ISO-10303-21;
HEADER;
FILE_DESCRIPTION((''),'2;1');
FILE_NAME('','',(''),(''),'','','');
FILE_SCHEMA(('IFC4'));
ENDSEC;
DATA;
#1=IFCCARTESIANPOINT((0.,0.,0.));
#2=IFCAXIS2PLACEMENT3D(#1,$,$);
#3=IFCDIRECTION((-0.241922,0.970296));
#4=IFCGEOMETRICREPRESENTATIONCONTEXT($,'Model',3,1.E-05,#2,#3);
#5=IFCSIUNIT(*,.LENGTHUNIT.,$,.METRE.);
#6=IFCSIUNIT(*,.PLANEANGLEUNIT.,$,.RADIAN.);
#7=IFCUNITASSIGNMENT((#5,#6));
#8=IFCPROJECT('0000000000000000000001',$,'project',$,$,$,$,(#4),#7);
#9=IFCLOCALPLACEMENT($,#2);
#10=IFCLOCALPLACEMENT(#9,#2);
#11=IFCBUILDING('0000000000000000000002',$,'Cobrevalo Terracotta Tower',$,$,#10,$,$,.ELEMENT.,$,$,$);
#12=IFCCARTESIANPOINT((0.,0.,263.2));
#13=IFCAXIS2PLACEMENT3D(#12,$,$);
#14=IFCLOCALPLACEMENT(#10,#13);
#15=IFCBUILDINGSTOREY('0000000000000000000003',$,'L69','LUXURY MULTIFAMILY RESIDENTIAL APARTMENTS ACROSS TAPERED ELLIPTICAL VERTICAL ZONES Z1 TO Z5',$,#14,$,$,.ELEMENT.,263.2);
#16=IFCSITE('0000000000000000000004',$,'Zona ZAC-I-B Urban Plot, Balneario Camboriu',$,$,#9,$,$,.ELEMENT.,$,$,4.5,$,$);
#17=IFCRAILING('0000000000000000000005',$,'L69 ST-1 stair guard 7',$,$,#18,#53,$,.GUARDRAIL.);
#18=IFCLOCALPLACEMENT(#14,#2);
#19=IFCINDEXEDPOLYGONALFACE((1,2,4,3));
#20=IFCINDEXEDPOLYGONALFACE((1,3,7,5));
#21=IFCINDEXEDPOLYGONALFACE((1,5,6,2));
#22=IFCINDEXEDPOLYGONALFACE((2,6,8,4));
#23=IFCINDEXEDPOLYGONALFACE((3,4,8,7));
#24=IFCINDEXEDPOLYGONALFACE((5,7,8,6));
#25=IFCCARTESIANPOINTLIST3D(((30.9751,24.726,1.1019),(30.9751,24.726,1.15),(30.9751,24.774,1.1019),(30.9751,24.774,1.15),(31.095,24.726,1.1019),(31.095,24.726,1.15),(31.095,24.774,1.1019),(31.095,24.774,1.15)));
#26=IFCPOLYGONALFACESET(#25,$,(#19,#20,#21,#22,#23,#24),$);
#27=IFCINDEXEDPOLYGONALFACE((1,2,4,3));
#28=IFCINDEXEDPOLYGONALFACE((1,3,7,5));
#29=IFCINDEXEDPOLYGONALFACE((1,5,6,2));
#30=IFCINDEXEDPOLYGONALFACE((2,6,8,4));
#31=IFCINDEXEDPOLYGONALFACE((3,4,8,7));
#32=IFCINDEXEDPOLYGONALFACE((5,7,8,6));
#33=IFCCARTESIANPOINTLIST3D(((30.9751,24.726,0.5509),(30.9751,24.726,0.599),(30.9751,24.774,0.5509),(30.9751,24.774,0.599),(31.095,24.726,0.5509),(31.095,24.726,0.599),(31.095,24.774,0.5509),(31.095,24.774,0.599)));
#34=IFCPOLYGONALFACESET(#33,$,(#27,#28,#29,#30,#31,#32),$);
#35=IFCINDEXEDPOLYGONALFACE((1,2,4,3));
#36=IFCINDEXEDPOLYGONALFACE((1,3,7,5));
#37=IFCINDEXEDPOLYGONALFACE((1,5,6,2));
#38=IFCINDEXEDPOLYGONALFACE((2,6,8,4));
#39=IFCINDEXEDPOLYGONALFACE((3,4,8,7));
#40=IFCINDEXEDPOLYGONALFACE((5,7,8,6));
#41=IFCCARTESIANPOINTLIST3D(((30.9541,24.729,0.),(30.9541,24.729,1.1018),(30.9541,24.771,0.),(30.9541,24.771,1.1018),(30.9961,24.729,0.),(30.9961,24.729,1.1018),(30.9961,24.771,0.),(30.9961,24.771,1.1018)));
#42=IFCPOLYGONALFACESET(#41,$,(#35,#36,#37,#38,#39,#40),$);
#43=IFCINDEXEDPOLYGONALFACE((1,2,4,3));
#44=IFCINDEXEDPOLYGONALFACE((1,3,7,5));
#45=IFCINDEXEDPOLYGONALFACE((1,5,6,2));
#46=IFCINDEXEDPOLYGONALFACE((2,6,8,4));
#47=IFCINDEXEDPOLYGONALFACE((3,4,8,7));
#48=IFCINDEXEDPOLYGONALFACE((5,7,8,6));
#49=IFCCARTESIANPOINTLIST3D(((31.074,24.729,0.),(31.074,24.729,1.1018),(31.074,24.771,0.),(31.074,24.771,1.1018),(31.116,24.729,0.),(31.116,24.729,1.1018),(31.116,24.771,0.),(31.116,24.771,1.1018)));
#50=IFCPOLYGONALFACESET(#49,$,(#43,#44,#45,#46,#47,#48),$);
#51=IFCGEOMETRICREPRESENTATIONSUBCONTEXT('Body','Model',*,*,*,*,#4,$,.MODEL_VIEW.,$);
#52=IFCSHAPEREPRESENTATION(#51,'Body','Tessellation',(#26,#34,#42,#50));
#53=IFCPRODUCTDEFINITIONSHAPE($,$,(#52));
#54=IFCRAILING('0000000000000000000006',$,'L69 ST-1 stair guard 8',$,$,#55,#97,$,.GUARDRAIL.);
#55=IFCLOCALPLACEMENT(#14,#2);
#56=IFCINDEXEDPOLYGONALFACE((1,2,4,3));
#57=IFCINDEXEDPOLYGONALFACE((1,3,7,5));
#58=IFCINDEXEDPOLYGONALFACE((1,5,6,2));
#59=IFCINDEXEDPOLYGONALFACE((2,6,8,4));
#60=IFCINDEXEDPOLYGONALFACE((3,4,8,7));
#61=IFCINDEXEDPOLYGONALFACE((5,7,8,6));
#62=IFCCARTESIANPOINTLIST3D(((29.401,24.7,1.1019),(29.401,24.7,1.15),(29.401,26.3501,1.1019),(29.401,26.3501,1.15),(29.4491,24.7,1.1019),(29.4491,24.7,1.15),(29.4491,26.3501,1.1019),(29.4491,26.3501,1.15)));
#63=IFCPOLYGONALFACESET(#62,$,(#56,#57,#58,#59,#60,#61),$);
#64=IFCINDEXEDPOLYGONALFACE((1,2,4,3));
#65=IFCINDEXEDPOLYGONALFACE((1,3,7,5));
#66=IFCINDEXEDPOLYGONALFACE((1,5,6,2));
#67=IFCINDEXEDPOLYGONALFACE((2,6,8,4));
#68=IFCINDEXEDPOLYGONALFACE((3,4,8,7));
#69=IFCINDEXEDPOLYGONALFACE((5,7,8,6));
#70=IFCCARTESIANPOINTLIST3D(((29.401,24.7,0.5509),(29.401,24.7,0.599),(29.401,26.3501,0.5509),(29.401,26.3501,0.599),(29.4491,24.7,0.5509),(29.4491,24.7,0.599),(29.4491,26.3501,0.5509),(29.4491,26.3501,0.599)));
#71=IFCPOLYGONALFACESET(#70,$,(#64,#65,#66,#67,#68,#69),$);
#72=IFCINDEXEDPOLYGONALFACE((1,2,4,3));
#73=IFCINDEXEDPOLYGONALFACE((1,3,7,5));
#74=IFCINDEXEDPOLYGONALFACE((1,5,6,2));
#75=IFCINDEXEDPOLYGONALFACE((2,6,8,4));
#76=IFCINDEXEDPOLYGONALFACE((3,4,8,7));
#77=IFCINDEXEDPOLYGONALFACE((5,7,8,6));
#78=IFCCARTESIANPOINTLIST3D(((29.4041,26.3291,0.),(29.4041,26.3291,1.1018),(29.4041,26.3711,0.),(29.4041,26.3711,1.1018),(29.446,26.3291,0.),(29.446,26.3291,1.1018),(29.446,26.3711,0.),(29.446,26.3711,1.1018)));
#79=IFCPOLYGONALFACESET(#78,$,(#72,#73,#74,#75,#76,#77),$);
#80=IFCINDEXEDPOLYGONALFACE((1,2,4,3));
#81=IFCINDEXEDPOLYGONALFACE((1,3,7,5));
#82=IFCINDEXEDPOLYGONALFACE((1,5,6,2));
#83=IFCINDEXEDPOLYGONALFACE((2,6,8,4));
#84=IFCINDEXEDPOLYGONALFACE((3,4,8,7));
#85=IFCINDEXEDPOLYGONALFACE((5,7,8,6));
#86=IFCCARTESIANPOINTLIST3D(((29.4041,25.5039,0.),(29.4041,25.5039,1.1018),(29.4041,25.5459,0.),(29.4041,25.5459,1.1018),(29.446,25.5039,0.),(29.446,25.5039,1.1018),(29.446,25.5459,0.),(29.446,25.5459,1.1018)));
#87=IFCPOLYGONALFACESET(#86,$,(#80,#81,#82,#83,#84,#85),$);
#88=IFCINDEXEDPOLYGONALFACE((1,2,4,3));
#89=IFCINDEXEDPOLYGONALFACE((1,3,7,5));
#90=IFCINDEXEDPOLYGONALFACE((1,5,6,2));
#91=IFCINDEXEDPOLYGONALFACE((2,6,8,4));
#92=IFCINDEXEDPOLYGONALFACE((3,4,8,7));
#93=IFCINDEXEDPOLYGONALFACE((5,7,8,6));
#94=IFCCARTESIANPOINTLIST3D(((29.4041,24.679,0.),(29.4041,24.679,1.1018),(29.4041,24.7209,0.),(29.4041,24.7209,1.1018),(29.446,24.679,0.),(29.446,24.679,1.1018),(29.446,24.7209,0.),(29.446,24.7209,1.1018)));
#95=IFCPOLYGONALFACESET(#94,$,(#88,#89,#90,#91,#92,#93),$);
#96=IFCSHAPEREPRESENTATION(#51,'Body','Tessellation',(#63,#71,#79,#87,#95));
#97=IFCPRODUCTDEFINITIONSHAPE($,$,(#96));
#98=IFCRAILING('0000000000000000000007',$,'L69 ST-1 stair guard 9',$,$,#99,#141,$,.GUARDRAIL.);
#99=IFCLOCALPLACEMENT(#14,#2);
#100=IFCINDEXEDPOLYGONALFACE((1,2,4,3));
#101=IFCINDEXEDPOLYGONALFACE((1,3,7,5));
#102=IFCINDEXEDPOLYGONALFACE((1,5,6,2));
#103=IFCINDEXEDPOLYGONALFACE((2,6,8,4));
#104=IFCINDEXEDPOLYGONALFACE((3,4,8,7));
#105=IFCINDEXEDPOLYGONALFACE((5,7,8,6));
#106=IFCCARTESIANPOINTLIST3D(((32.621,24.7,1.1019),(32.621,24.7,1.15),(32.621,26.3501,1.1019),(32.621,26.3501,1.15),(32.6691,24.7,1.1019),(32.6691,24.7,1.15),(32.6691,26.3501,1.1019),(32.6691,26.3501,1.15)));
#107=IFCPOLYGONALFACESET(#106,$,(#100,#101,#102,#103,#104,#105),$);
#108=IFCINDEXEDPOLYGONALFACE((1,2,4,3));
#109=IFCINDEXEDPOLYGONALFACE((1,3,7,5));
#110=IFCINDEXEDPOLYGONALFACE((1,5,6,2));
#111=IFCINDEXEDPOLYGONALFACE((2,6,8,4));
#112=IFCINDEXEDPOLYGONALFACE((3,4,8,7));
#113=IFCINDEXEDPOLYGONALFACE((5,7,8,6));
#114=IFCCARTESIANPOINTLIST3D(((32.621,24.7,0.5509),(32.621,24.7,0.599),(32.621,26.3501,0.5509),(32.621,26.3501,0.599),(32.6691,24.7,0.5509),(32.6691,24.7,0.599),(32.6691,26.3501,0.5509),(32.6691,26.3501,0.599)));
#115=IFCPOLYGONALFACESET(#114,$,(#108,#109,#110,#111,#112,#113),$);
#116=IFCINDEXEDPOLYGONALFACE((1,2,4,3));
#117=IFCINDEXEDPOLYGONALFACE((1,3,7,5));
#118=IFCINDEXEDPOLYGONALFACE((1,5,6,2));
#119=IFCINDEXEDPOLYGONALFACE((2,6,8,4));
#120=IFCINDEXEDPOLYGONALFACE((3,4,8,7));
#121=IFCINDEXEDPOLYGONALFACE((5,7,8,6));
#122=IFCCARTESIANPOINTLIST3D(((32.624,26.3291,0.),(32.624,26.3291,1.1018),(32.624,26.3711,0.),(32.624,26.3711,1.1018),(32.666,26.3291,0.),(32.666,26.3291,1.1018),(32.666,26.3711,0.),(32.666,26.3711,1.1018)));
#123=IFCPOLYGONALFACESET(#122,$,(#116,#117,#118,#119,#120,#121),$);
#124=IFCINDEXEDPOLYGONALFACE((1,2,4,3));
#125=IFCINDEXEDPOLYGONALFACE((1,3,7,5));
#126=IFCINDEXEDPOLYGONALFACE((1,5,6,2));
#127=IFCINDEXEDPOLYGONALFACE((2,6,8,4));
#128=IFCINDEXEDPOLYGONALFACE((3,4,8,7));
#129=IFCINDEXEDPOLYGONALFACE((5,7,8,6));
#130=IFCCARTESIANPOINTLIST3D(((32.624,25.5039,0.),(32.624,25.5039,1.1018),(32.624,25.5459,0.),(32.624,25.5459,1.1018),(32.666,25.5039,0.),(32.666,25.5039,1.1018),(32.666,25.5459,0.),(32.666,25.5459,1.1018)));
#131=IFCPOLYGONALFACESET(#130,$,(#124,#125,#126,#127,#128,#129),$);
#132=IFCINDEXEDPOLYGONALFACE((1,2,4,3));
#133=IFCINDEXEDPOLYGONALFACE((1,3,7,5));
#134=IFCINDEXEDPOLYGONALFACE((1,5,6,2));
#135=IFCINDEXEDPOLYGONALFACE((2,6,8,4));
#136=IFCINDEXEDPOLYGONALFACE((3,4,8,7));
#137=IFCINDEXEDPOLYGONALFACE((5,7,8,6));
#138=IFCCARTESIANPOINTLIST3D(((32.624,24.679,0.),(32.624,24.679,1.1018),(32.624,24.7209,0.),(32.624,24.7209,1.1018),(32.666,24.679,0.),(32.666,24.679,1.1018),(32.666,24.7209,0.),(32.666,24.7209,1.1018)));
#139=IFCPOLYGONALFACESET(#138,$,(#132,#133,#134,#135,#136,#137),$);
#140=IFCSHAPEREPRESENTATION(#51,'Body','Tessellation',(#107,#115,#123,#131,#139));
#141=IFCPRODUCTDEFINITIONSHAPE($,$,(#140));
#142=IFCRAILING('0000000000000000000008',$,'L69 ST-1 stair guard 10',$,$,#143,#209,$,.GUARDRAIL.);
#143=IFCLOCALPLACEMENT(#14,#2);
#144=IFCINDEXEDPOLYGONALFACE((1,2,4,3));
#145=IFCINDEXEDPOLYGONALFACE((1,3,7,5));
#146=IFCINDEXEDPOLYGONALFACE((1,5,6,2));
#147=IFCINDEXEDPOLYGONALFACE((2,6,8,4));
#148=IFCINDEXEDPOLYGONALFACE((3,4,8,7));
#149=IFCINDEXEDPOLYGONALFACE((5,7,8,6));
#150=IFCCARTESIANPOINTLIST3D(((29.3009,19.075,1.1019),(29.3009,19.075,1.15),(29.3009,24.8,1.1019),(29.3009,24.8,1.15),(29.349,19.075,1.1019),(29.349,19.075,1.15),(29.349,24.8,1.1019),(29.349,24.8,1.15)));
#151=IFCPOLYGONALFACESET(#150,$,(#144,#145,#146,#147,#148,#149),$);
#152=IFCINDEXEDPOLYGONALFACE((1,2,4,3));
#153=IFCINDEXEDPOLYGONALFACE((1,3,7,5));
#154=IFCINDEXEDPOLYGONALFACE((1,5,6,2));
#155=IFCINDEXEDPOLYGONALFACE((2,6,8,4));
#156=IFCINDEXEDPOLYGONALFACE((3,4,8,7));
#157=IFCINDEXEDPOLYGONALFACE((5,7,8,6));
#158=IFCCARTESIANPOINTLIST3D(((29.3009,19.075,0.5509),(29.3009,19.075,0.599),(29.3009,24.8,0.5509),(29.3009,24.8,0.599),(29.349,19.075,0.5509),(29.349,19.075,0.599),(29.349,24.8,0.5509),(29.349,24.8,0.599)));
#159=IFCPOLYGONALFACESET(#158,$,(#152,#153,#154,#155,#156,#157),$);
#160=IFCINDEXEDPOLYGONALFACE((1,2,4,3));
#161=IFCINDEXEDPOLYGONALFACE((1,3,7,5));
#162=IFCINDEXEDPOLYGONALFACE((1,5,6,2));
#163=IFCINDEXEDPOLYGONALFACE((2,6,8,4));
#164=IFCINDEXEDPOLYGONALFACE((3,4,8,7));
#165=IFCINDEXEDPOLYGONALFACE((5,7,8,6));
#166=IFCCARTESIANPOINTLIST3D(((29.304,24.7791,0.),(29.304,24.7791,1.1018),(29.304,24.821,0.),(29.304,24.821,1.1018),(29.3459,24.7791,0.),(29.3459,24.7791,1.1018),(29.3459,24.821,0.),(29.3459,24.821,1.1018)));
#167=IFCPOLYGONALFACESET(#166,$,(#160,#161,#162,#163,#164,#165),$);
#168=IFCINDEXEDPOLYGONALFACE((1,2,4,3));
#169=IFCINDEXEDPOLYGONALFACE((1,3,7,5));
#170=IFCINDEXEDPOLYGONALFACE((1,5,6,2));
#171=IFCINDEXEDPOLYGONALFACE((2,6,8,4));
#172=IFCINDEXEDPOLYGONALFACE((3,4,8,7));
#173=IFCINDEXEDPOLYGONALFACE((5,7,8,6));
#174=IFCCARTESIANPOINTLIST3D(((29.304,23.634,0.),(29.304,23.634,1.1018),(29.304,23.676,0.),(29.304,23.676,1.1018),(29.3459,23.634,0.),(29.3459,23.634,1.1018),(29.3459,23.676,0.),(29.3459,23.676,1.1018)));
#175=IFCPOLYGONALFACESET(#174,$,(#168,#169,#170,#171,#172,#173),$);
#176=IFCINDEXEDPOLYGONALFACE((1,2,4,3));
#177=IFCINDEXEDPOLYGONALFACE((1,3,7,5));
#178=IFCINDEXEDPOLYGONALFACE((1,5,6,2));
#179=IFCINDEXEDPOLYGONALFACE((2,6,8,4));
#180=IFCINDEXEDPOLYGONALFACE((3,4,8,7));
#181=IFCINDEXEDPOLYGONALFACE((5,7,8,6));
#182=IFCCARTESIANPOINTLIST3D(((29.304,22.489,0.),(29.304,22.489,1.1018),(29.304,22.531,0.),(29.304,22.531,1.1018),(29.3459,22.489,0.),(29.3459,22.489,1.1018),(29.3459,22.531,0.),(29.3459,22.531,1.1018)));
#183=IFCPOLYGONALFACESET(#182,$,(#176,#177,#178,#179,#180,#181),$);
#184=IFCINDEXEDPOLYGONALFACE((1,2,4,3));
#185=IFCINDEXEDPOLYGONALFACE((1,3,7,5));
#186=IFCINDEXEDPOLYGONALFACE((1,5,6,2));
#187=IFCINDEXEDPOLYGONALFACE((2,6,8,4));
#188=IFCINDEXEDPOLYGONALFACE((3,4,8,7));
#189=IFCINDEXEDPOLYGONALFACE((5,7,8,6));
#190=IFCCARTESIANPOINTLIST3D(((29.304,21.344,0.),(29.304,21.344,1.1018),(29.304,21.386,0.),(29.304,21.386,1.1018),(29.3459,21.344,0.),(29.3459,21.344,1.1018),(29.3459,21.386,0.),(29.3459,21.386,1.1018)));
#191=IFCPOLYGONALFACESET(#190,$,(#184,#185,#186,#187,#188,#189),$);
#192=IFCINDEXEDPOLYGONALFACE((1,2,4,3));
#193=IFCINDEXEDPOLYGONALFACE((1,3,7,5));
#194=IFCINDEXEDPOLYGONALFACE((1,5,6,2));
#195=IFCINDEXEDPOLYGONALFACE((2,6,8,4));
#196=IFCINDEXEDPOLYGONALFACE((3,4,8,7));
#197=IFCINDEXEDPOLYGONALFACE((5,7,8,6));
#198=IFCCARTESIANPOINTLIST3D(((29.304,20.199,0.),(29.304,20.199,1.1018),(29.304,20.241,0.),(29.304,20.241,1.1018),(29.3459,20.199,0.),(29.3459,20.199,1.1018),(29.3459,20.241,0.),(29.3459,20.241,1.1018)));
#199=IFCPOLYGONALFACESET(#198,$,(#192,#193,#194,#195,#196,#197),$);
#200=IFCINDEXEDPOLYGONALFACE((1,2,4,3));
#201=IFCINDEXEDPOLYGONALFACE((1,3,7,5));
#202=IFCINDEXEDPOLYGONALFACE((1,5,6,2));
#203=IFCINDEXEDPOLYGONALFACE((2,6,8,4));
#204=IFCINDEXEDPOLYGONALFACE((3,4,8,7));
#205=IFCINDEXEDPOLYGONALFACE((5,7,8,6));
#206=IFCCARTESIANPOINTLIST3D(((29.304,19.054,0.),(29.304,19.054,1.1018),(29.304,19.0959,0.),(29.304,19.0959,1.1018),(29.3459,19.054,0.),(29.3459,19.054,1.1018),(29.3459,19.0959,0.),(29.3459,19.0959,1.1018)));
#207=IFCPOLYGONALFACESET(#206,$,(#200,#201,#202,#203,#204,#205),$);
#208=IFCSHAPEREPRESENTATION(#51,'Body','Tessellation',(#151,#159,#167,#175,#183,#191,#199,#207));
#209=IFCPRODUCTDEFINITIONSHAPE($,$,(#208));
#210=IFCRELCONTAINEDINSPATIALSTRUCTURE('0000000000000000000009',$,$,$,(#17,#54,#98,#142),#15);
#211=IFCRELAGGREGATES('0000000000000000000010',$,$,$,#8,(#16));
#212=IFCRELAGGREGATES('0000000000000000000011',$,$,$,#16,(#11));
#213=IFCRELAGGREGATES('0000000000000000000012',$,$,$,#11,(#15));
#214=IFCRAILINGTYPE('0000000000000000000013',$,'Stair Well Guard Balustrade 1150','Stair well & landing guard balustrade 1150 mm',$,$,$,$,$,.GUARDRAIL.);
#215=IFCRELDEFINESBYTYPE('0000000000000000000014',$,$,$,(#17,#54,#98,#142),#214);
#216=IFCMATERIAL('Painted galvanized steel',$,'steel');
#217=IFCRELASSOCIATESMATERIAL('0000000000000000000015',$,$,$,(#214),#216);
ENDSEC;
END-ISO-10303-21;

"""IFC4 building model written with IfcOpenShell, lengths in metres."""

from ifc_helpers import new_model, si_unit, direction, frame, origin, origin_2d, place, context, subcontext, project, spatial, rectangle, extrude, material, type_object, element, save


model = new_model("IFC4")

# Units and contexts
model_context = context("Model", 3, precision=1e-05, world=origin(), true_north=direction((-0.241922, 0.970296)))
body_context = subcontext(model_context, "Body", "Model", "MODEL_VIEW")
ifc_project = project(units=[si_unit("LENGTHUNIT", "METRE"), si_unit("PLANEANGLEUNIT", "RADIAN")], contexts=[model_context])

# Site, building, storey
site_placement = place(None, origin())
site = spatial("IfcSite", under=ifc_project, at=site_placement, Name="Zona ZAC-I-B Urban Plot, Balneario Camboriu", CompositionType="ELEMENT", RefElevation=4.5)
building_placement = place(site_placement, origin())
building = spatial("IfcBuilding", under=site, at=building_placement, Name="Cobrevalo Terracotta Tower", CompositionType="ELEMENT")
storey_placement = place(building_placement, frame((0.0, 0.0, 263.2)))
storey = spatial("IfcBuildingStorey", under=building, at=storey_placement, Name="L69", Description="LUXURY MULTIFAMILY RESIDENTIAL APARTMENTS ACROSS TAPERED ELLIPTICAL VERTICAL ZONES Z1 TO Z5", CompositionType="ELEMENT", Elevation=263.2)

# Railings
ifc_material_1 = material(Name="Painted galvanized steel", Category="steel")
railing_type_1 = type_object("IfcRailingType", Name="Stair Well Guard Balustrade 1150", Description="Stair well & landing guard balustrade 1150 mm", PredefinedType="GUARDRAIL", material=ifc_material_1)
railing_1_placement = place(storey_placement, frame((30.9751, 24.75, 0.0)))
element("IfcRailing", 1, at=railing_1_placement, inside=storey, type_object=railing_type_1, Name="L69 ST-1 stair guard 7", PredefinedType="GUARDRAIL", context=body_context, shape_type="SweptSolid", body=[
    extrude(rectangle(XDim=0.0481, YDim=0.0481, at=origin_2d()), frame((0.0, 0.0, 1.126), z_axis=(1.0, 0.0, 0.0), x_axis=(0.0, 1.0, 0.0)), (0.0, 0.0, 1.0), 0.1199),
    extrude(rectangle(XDim=0.0481, YDim=0.0481, at=origin_2d()), frame((0.0, 0.0, 0.575), z_axis=(1.0, 0.0, 0.0), x_axis=(0.0, 1.0, 0.0)), (0.0, 0.0, 1.0), 0.1199),
    extrude(rectangle(XDim=0.042, YDim=0.042, at=origin_2d()), origin(), (0.0, 0.0, 1.0), 1.1018),
    extrude(rectangle(XDim=0.042, YDim=0.042, at=origin_2d()), frame((0.1199, 0.0, 0.0)), (0.0, 0.0, 1.0), 1.1018),
])
for number, where, name in (
    (2, (29.425, 26.3501, 0.0), "L69 ST-1 stair guard 8"),
    (3, (32.645, 26.3501, 0.0), "L69 ST-1 stair guard 9"),
):
    element("IfcRailing", number, at=place(storey_placement, frame(where)), inside=storey, type_object=railing_type_1, Name=name, PredefinedType="GUARDRAIL", context=body_context, shape_type="SweptSolid", body=[
        extrude(rectangle(XDim=0.0481, YDim=0.0481, at=origin_2d()), frame((0.0, 0.0, 1.126), z_axis=(0.0, -1.0, 0.0), x_axis=(1.0, 0.0, 0.0)), (0.0, 0.0, 1.0), 1.6501),
        extrude(rectangle(XDim=0.0481, YDim=0.0481, at=origin_2d()), frame((0.0, 0.0, 0.575), z_axis=(0.0, -1.0, 0.0), x_axis=(1.0, 0.0, 0.0)), (0.0, 0.0, 1.0), 1.6501),
        extrude(rectangle(XDim=0.042, YDim=0.042, at=origin_2d()), origin(), (0.0, 0.0, 1.0), 1.1018),
        extrude(rectangle(XDim=0.042, YDim=0.042, at=origin_2d()), frame((0.0, -0.8252, 0.0)), (0.0, 0.0, 1.0), 1.1018),
        extrude(rectangle(XDim=0.042, YDim=0.042, at=origin_2d()), frame((0.0, -1.6501, 0.0)), (0.0, 0.0, 1.0), 1.1018),
    ])
for number, where, name in (
    (4, (29.325, 24.8, 0.0), "L69 ST-1 stair guard 10"),
):
    element("IfcRailing", number, at=place(storey_placement, frame(where)), inside=storey, type_object=railing_type_1, Name=name, PredefinedType="GUARDRAIL", context=body_context, shape_type="SweptSolid", body=[
        extrude(rectangle(XDim=0.0481, YDim=0.0481, at=origin_2d()), frame((0.0, 0.0, 1.126), z_axis=(0.0, -1.0, 0.0), x_axis=(1.0, 0.0, 0.0)), (0.0, 0.0, 1.0), 5.7251),
        extrude(rectangle(XDim=0.0481, YDim=0.0481, at=origin_2d()), frame((0.0, 0.0, 0.575), z_axis=(0.0, -1.0, 0.0), x_axis=(1.0, 0.0, 0.0)), (0.0, 0.0, 1.0), 5.7251),
        extrude(rectangle(XDim=0.042, YDim=0.042, at=origin_2d()), origin(), (0.0, 0.0, 1.0), 1.1018),
        extrude(rectangle(XDim=0.042, YDim=0.042, at=origin_2d()), frame((0.0, -1.145, 0.0)), (0.0, 0.0, 1.0), 1.1018),
        extrude(rectangle(XDim=0.042, YDim=0.042, at=origin_2d()), frame((0.0, -2.29, 0.0)), (0.0, 0.0, 1.0), 1.1018),
        extrude(rectangle(XDim=0.042, YDim=0.042, at=origin_2d()), frame((0.0, -3.4351, 0.0)), (0.0, 0.0, 1.0), 1.1018),
        extrude(rectangle(XDim=0.042, YDim=0.042, at=origin_2d()), frame((0.0, -4.5801, 0.0)), (0.0, 0.0, 1.0), 1.1018),
        extrude(rectangle(XDim=0.042, YDim=0.042, at=origin_2d()), frame((0.0, -5.7251, 0.0)), (0.0, 0.0, 1.0), 1.1018),
    ])

save(model, "model.ifc")
